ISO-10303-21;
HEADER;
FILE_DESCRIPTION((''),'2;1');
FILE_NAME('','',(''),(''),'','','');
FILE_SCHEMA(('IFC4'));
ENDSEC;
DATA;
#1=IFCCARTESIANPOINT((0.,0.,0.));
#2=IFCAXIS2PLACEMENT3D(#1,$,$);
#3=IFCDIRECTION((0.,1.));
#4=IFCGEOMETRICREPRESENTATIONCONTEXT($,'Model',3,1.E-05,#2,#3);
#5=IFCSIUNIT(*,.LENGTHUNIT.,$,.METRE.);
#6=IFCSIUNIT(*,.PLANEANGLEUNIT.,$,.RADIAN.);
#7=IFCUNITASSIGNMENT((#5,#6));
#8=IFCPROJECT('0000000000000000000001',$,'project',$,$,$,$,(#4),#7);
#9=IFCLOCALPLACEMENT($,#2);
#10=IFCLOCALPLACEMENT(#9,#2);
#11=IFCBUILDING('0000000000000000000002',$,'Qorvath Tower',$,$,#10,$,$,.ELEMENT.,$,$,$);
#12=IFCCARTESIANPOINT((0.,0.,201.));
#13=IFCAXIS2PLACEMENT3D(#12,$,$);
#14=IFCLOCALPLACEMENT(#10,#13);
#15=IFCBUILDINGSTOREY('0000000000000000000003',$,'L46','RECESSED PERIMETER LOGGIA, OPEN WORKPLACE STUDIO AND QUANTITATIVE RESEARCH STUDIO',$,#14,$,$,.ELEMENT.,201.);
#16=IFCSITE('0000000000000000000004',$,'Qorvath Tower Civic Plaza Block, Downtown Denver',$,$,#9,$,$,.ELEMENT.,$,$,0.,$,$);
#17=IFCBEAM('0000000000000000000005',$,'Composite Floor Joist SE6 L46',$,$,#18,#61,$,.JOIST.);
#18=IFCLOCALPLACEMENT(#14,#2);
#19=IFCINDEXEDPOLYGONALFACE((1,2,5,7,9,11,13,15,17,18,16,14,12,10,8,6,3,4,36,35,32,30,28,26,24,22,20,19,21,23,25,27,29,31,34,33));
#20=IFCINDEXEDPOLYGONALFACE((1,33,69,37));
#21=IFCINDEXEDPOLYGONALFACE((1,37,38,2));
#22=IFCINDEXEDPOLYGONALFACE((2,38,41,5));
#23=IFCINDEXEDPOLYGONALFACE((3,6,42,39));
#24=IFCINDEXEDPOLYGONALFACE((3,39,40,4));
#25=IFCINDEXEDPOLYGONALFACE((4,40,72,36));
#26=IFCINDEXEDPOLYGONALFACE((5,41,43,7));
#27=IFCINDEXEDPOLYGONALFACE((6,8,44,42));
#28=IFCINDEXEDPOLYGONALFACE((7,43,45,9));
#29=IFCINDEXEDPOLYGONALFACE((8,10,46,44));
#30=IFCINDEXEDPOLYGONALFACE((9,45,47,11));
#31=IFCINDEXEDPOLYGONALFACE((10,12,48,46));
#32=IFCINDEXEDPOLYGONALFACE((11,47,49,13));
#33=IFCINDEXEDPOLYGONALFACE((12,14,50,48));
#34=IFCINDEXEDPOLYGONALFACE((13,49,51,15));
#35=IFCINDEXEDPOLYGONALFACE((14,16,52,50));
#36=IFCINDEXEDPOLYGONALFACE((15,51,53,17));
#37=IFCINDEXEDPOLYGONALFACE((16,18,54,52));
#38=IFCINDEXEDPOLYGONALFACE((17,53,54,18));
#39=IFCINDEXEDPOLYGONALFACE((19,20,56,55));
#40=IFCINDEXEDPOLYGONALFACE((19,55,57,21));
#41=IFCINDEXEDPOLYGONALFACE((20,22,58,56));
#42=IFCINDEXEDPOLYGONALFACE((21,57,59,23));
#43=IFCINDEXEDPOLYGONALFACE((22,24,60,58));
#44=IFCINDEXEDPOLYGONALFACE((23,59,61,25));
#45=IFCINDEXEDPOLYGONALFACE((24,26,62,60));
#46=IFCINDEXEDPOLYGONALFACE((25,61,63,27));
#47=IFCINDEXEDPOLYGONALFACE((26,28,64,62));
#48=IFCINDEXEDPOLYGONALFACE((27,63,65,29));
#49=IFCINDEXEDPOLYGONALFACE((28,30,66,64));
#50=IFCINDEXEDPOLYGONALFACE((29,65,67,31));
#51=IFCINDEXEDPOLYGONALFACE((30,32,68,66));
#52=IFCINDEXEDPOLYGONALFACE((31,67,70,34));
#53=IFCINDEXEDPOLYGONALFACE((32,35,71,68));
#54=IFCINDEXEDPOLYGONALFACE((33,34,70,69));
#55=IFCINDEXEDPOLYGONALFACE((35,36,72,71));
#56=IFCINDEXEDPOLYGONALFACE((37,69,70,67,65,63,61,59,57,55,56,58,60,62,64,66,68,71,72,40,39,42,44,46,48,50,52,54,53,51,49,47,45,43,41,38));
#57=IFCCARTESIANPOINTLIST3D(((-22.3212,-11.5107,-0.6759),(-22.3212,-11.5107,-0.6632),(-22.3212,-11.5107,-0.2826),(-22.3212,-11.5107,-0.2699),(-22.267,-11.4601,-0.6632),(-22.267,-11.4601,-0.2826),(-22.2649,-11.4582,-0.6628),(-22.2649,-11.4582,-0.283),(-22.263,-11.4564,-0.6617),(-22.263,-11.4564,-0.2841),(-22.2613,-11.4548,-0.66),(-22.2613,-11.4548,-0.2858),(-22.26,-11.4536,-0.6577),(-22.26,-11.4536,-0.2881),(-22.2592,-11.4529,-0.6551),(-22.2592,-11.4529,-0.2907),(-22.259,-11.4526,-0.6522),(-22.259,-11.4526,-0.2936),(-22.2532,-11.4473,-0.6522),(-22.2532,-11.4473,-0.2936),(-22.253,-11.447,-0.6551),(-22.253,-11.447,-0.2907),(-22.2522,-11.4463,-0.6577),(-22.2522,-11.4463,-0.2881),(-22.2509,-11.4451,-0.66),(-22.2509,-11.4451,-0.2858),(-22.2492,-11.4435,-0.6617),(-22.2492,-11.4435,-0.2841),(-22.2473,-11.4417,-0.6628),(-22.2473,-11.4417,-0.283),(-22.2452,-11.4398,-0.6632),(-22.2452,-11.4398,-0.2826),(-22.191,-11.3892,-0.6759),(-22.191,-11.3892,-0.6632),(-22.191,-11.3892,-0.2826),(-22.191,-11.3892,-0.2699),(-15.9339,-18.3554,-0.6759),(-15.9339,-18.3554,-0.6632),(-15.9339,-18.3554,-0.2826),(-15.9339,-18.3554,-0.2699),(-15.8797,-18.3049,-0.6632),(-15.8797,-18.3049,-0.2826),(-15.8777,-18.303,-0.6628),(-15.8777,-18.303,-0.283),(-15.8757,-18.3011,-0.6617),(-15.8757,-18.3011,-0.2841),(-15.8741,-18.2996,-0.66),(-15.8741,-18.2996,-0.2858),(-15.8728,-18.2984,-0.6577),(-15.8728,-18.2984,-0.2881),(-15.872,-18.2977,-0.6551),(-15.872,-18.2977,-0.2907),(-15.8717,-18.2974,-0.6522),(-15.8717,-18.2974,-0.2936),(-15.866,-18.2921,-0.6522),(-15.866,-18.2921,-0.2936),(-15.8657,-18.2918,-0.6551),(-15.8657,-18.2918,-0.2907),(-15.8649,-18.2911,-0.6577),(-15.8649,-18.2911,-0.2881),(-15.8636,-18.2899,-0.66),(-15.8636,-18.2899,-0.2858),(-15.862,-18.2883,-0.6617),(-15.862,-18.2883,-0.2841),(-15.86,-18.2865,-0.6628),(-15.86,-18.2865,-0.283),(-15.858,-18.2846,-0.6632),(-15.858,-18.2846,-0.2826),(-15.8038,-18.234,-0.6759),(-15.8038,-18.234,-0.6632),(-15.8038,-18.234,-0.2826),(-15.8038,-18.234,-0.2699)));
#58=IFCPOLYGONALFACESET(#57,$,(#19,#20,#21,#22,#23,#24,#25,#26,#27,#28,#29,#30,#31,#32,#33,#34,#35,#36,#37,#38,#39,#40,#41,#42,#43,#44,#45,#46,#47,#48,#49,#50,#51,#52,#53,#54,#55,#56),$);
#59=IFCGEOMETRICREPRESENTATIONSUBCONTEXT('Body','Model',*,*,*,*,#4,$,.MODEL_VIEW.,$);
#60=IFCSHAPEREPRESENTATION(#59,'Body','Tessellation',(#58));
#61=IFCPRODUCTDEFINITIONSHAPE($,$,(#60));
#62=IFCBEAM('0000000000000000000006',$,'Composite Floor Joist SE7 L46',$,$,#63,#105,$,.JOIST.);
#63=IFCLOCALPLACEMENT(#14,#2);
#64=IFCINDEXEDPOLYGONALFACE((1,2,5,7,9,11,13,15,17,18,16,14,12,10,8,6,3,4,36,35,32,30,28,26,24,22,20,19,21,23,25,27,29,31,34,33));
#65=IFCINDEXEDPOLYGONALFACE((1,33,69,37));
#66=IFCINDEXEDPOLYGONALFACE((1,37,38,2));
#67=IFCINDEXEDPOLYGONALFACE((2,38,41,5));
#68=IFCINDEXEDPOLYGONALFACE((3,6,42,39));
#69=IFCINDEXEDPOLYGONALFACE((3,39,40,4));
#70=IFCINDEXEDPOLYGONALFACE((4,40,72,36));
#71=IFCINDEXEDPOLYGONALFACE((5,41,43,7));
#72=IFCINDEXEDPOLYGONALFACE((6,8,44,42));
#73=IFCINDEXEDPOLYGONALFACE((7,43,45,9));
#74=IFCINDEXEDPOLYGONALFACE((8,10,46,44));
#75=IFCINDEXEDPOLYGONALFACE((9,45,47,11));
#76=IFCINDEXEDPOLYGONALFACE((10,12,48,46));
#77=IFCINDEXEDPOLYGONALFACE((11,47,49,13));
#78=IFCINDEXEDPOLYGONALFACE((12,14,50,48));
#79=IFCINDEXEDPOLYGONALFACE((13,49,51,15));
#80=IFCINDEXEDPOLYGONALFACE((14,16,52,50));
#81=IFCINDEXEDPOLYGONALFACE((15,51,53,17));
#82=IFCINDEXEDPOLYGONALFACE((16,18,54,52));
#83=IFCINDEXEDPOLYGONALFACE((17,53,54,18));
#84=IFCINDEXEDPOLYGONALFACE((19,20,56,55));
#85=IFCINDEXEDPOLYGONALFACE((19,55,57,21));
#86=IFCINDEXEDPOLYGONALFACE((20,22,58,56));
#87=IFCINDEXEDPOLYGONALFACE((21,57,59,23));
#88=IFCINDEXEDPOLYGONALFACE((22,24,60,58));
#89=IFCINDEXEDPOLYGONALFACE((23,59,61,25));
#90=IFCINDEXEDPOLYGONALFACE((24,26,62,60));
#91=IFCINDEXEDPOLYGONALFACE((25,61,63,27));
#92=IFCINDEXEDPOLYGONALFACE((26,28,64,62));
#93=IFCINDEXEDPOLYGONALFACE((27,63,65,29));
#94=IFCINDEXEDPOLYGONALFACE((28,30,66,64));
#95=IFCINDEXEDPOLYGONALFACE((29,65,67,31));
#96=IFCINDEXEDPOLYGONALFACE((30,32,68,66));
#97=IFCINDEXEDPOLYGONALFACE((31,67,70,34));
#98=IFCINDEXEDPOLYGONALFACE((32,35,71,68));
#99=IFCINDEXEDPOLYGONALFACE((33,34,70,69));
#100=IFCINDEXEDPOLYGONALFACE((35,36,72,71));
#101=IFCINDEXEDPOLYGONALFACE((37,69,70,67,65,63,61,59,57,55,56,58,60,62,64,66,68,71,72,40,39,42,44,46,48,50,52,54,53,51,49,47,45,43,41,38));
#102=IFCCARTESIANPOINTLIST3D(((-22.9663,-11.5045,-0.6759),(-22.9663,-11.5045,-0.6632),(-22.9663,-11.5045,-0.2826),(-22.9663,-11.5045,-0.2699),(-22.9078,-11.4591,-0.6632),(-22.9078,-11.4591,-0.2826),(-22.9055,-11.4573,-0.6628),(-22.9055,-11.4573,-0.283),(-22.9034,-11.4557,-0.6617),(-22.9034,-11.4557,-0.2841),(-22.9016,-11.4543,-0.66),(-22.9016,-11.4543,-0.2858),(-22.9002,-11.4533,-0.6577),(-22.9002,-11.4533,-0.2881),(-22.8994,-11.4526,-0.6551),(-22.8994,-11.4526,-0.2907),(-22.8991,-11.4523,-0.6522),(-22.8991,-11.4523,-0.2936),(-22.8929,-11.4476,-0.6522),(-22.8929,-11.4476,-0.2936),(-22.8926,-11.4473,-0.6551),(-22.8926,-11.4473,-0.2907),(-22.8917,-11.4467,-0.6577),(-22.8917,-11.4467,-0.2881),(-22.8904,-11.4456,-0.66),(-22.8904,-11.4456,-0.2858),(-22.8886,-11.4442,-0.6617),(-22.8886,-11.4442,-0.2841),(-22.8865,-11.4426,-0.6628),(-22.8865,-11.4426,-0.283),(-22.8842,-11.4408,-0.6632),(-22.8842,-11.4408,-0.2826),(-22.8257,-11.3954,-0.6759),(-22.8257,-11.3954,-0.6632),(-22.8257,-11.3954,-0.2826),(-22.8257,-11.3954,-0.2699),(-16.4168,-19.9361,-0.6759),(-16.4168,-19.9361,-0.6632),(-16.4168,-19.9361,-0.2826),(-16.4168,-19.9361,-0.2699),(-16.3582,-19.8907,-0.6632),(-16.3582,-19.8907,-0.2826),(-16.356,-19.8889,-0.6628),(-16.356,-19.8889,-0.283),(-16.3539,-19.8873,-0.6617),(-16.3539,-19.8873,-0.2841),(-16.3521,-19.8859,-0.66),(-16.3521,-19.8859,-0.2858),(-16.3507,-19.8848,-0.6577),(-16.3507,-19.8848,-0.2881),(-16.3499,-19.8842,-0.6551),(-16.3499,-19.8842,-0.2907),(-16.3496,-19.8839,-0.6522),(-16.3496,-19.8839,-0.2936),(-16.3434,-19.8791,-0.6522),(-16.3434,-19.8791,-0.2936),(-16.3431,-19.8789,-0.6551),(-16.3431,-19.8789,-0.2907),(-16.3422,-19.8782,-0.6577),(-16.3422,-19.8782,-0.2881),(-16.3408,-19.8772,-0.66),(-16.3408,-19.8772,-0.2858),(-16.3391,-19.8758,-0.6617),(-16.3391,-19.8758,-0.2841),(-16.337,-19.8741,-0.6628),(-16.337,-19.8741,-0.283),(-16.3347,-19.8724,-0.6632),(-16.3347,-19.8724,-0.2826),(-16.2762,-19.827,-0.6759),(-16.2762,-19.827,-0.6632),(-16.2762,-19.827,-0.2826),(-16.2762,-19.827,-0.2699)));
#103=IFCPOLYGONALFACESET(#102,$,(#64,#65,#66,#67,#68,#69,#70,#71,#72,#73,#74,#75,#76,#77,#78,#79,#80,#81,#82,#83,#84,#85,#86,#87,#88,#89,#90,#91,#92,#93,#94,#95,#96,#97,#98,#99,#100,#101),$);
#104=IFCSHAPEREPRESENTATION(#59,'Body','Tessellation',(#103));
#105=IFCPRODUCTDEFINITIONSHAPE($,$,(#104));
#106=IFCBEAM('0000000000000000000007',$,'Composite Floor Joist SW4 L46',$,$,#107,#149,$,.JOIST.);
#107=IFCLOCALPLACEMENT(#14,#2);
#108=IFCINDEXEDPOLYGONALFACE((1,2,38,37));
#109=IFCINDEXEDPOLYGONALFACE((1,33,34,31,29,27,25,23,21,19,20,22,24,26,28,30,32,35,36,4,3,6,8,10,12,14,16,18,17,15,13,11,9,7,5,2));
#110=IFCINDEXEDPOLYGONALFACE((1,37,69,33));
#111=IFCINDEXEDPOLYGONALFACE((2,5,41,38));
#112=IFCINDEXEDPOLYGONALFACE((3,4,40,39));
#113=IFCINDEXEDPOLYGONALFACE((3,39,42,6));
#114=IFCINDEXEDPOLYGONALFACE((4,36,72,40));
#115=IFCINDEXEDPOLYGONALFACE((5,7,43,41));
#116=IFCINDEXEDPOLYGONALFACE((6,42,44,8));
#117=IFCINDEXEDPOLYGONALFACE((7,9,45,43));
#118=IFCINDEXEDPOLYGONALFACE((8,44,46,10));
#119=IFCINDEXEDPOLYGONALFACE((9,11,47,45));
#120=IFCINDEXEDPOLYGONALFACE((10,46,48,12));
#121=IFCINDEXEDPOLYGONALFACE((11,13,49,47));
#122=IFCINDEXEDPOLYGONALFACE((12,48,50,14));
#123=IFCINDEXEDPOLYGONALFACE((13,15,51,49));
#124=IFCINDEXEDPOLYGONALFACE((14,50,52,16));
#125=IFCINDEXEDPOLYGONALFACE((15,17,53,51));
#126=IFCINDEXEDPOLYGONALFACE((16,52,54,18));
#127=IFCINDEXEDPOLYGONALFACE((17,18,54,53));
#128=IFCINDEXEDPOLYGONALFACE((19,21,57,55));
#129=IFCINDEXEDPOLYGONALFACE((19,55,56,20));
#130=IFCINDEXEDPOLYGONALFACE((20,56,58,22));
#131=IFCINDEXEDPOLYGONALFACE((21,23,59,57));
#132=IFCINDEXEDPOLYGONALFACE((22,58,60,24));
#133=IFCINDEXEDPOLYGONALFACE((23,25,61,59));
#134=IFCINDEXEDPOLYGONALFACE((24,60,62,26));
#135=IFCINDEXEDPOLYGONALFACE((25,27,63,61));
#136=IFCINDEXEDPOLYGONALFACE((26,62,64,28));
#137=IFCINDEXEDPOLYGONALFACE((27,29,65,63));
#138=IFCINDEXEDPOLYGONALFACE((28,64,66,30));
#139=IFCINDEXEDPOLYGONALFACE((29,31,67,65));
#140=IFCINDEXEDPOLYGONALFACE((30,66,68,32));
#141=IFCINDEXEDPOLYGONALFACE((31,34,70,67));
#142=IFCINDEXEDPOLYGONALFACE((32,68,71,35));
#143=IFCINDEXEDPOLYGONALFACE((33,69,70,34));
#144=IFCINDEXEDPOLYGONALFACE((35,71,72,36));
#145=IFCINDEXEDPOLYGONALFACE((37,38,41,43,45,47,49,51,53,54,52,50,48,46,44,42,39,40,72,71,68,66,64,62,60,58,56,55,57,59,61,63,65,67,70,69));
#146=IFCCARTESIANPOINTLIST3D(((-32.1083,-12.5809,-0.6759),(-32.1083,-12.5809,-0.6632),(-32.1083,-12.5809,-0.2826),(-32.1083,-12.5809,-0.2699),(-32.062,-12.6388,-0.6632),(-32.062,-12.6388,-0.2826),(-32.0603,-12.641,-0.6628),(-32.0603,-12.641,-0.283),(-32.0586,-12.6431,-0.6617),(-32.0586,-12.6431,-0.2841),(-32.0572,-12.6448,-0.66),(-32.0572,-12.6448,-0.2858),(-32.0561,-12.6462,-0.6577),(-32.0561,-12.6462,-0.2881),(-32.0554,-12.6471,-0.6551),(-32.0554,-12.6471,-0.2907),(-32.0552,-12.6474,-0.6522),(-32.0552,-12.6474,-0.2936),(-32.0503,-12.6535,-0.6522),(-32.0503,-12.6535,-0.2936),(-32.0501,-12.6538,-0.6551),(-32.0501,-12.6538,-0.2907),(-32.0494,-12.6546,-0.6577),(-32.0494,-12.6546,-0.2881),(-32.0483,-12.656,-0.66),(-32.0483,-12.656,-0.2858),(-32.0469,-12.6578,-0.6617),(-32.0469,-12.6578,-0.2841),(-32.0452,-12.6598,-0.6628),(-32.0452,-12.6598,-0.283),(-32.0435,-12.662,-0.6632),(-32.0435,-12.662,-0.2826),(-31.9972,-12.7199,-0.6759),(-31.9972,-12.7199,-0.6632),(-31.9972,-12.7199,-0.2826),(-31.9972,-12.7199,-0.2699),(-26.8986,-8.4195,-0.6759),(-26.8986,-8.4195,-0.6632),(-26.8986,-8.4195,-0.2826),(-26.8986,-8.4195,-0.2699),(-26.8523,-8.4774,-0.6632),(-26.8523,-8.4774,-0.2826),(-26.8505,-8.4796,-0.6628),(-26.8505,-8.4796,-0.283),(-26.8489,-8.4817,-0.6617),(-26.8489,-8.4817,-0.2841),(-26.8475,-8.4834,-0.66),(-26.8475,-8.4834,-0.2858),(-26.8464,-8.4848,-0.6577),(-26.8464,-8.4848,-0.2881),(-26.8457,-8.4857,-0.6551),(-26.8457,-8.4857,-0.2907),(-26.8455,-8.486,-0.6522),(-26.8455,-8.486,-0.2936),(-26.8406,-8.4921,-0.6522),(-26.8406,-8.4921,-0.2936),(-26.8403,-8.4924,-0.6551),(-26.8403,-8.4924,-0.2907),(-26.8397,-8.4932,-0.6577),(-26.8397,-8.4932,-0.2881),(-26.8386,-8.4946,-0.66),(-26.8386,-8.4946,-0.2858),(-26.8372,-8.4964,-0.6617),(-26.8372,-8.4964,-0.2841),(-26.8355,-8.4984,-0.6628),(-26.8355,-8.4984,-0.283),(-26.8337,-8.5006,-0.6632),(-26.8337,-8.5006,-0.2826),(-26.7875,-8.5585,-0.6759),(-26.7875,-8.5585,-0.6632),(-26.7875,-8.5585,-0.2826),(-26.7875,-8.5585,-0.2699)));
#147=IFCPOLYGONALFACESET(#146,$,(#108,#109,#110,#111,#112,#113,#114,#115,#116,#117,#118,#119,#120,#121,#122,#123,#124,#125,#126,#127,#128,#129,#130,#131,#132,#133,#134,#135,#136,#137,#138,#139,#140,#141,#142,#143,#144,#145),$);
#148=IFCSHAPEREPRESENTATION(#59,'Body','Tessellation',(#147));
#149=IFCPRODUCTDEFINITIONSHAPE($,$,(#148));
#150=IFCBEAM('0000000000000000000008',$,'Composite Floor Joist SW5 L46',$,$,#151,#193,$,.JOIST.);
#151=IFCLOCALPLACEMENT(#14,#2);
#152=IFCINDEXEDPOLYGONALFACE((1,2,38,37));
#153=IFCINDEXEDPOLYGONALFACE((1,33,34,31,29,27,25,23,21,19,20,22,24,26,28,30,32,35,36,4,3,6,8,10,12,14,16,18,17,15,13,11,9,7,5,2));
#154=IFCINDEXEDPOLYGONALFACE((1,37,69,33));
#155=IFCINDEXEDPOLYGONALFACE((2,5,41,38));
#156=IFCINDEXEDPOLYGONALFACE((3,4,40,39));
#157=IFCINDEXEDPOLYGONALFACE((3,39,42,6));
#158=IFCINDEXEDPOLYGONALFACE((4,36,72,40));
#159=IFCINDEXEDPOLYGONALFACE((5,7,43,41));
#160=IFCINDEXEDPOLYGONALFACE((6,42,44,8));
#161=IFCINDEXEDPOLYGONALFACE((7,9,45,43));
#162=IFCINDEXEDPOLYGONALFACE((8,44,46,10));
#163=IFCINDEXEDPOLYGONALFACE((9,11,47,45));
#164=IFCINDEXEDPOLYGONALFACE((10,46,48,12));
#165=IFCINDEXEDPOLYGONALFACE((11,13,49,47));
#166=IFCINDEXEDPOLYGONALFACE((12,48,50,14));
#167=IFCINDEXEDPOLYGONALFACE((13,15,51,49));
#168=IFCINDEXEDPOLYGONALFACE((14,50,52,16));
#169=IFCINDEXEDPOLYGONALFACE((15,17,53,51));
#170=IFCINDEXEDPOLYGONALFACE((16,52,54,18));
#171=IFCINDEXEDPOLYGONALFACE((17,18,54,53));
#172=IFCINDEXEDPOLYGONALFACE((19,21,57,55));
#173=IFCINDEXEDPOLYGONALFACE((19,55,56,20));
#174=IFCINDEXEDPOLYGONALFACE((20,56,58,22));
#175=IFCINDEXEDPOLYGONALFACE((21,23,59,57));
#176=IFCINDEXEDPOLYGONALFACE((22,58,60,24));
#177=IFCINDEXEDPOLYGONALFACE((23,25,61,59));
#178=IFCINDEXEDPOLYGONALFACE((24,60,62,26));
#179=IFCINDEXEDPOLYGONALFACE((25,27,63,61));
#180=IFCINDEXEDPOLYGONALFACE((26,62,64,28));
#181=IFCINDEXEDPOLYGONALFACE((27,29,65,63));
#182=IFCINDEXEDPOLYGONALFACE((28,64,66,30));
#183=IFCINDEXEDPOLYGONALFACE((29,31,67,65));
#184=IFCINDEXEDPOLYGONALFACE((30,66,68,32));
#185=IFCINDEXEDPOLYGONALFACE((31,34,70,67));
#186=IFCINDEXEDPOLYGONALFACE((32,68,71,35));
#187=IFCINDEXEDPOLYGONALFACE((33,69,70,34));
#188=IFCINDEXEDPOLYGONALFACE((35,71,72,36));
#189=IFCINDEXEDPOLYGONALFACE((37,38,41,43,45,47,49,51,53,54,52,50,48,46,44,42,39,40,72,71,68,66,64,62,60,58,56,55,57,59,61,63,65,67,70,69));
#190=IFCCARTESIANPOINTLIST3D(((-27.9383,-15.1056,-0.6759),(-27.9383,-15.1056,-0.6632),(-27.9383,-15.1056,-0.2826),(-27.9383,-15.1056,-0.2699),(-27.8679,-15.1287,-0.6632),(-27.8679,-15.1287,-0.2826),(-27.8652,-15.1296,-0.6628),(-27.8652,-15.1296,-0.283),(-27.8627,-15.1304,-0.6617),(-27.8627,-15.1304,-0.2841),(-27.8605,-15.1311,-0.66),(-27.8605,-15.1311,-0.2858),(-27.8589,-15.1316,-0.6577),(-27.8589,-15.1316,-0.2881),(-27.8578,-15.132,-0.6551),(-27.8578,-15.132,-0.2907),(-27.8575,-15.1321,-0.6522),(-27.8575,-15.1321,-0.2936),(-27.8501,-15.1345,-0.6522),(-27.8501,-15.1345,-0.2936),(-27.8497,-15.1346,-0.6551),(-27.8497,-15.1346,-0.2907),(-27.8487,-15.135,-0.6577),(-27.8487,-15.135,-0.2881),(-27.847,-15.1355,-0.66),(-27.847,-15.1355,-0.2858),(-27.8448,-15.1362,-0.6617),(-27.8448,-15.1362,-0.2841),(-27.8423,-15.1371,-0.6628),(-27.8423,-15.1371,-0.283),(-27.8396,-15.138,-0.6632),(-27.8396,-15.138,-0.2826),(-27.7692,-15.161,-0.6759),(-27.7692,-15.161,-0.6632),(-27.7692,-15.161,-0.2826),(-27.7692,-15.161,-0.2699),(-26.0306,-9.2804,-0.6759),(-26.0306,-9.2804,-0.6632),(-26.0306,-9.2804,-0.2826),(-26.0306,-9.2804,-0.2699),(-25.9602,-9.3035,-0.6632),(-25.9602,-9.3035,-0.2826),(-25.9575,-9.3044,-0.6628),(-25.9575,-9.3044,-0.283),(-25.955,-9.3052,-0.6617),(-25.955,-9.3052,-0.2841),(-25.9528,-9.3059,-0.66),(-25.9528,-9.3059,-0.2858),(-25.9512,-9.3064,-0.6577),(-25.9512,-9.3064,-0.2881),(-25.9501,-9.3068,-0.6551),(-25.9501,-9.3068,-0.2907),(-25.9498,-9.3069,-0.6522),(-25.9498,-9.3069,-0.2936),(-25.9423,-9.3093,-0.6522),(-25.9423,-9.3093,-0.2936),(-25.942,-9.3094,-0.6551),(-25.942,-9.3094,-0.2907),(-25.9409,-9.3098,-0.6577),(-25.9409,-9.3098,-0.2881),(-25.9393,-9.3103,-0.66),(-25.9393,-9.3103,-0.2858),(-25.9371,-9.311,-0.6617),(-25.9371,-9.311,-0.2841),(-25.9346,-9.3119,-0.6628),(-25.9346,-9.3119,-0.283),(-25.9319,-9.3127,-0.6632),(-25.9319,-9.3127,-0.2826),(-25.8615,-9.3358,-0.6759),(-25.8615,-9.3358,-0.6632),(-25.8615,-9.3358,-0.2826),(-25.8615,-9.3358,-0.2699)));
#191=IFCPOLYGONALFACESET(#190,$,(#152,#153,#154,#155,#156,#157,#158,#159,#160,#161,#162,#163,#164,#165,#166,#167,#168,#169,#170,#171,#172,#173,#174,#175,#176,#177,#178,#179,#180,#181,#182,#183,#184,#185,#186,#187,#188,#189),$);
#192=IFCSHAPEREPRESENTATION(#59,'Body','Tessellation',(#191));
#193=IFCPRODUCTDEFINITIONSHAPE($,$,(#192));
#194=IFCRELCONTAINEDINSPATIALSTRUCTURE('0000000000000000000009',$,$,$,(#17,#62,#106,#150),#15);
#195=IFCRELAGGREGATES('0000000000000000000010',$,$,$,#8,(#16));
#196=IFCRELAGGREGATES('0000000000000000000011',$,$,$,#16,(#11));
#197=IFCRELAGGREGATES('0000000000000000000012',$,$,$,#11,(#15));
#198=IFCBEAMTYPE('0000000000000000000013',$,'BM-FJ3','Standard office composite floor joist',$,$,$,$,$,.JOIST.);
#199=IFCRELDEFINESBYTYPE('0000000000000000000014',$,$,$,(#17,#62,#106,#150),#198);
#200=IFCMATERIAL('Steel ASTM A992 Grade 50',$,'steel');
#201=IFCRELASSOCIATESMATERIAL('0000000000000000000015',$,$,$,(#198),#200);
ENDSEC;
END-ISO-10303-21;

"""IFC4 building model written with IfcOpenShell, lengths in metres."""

from ifc_helpers import new_model, si_unit, direction, frame, origin, origin_2d, place, context, subcontext, project, spatial, i_section, extrude, material, material_profile, profile_set, type_object, element, save


model = new_model("IFC4")

# Units and contexts
model_context = context("Model", 3, precision=1e-05, world=origin(), true_north=direction((0.0, 1.0)))
body_context = subcontext(model_context, "Body", "Model", "MODEL_VIEW")
ifc_project = project(units=[si_unit("LENGTHUNIT", "METRE"), si_unit("PLANEANGLEUNIT", "RADIAN")], contexts=[model_context])

# Site, building, storey
site_placement = place(None, origin())
site = spatial("IfcSite", under=ifc_project, at=site_placement, Name="Qorvath Tower Civic Plaza Block, Downtown Denver", CompositionType="ELEMENT", RefElevation=0.0)
building_placement = place(site_placement, origin())
building = spatial("IfcBuilding", under=site, at=building_placement, Name="Qorvath Tower", CompositionType="ELEMENT")
storey_placement = place(building_placement, frame((0.0, 0.0, 201.0)))
storey = spatial("IfcBuildingStorey", under=building, at=storey_placement, Name="L46", Description="RECESSED PERIMETER LOGGIA, OPEN WORKPLACE STUDIO AND QUANTITATIVE RESEARCH STUDIO", CompositionType="ELEMENT", Elevation=201.0)

# Beams
ifc_material_1 = material(Name="Steel ASTM A992 Grade 50", Category="steel")
ifc_material_profile_1 = material_profile(ifc_material_1, i_section(OverallWidth=0.178, OverallDepth=0.406, WebThickness=0.0078, FlangeThickness=0.0127, FilletRadius=0.011, at=origin_2d()), Name="W16x40")
ifc_profile_set_1 = profile_set([ifc_material_profile_1], Name="Steel ASTM A992 Grade 50")
beam_type_1 = type_object("IfcBeamType", Name="BM-FJ3", Description="Standard office composite floor joist", PredefinedType="JOIST", material=ifc_profile_set_1)
beam_1_placement = place(storey_placement, frame((-22.2561, -11.45, -0.4729), z_axis=(0.682249, -0.731119, 0.0), x_axis=(0.731119, 0.682249, 0.0)))
element("IfcBeam", 1, at=beam_1_placement, inside=storey, type_object=beam_type_1, Name="Composite Floor Joist SE6 L46", PredefinedType="JOIST", context=body_context, shape_type="SweptSolid", body=[
    extrude(i_section(OverallWidth=0.178, OverallDepth=0.406, WebThickness=0.0078, FlangeThickness=0.0127, FilletRadius=0.011, at=origin_2d()), origin(), (0.0, 0.0, 1.0), 9.3621),
])
beam_2_placement = place(storey_placement, frame((-22.896, -11.45, -0.4729), z_axis=(0.613451, -0.789733, 0.0), x_axis=(0.789733, 0.613451, 0.0)))
element("IfcBeam", 2, at=beam_2_placement, inside=storey, type_object=beam_type_1, Name="Composite Floor Joist SE7 L46", PredefinedType="JOIST", context=body_context, shape_type="SweptSolid", body=[
    extrude(i_section(OverallWidth=0.178, OverallDepth=0.406, WebThickness=0.0078, FlangeThickness=0.0127, FilletRadius=0.011, at=origin_2d()), origin(), (0.0, 0.0, 1.0), 10.6765),
])
beam_3_placement = place(storey_placement, frame((-26.843, -8.489, -0.4729), z_axis=(-0.781337, -0.62411, 0.0), x_axis=(0.62411, -0.781337, 0.0)))
element("IfcBeam", 3, at=beam_3_placement, inside=storey, type_object=beam_type_1, Name="Composite Floor Joist SW4 L46", PredefinedType="JOIST", context=body_context, shape_type="SweptSolid", body=[
    extrude(i_section(OverallWidth=0.178, OverallDepth=0.406, WebThickness=0.0078, FlangeThickness=0.0127, FilletRadius=0.011, at=origin_2d()), origin(), (0.0, 0.0, 1.0), 6.6677),
])
beam_4_placement = place(storey_placement, frame((-25.946, -9.3081, -0.4729), z_axis=(-0.311229, -0.950335, 0.0), x_axis=(0.950335, -0.311229, 0.0)))
element("IfcBeam", 4, at=beam_4_placement, inside=storey, type_object=beam_type_1, Name="Composite Floor Joist SW5 L46", PredefinedType="JOIST", context=body_context, shape_type="SweptSolid", body=[
    extrude(i_section(OverallWidth=0.178, OverallDepth=0.406, WebThickness=0.0078, FlangeThickness=0.0127, FilletRadius=0.011, at=origin_2d()), origin(), (0.0, 0.0, 1.0), 6.1296),
])

save(model, "model.ifc")
